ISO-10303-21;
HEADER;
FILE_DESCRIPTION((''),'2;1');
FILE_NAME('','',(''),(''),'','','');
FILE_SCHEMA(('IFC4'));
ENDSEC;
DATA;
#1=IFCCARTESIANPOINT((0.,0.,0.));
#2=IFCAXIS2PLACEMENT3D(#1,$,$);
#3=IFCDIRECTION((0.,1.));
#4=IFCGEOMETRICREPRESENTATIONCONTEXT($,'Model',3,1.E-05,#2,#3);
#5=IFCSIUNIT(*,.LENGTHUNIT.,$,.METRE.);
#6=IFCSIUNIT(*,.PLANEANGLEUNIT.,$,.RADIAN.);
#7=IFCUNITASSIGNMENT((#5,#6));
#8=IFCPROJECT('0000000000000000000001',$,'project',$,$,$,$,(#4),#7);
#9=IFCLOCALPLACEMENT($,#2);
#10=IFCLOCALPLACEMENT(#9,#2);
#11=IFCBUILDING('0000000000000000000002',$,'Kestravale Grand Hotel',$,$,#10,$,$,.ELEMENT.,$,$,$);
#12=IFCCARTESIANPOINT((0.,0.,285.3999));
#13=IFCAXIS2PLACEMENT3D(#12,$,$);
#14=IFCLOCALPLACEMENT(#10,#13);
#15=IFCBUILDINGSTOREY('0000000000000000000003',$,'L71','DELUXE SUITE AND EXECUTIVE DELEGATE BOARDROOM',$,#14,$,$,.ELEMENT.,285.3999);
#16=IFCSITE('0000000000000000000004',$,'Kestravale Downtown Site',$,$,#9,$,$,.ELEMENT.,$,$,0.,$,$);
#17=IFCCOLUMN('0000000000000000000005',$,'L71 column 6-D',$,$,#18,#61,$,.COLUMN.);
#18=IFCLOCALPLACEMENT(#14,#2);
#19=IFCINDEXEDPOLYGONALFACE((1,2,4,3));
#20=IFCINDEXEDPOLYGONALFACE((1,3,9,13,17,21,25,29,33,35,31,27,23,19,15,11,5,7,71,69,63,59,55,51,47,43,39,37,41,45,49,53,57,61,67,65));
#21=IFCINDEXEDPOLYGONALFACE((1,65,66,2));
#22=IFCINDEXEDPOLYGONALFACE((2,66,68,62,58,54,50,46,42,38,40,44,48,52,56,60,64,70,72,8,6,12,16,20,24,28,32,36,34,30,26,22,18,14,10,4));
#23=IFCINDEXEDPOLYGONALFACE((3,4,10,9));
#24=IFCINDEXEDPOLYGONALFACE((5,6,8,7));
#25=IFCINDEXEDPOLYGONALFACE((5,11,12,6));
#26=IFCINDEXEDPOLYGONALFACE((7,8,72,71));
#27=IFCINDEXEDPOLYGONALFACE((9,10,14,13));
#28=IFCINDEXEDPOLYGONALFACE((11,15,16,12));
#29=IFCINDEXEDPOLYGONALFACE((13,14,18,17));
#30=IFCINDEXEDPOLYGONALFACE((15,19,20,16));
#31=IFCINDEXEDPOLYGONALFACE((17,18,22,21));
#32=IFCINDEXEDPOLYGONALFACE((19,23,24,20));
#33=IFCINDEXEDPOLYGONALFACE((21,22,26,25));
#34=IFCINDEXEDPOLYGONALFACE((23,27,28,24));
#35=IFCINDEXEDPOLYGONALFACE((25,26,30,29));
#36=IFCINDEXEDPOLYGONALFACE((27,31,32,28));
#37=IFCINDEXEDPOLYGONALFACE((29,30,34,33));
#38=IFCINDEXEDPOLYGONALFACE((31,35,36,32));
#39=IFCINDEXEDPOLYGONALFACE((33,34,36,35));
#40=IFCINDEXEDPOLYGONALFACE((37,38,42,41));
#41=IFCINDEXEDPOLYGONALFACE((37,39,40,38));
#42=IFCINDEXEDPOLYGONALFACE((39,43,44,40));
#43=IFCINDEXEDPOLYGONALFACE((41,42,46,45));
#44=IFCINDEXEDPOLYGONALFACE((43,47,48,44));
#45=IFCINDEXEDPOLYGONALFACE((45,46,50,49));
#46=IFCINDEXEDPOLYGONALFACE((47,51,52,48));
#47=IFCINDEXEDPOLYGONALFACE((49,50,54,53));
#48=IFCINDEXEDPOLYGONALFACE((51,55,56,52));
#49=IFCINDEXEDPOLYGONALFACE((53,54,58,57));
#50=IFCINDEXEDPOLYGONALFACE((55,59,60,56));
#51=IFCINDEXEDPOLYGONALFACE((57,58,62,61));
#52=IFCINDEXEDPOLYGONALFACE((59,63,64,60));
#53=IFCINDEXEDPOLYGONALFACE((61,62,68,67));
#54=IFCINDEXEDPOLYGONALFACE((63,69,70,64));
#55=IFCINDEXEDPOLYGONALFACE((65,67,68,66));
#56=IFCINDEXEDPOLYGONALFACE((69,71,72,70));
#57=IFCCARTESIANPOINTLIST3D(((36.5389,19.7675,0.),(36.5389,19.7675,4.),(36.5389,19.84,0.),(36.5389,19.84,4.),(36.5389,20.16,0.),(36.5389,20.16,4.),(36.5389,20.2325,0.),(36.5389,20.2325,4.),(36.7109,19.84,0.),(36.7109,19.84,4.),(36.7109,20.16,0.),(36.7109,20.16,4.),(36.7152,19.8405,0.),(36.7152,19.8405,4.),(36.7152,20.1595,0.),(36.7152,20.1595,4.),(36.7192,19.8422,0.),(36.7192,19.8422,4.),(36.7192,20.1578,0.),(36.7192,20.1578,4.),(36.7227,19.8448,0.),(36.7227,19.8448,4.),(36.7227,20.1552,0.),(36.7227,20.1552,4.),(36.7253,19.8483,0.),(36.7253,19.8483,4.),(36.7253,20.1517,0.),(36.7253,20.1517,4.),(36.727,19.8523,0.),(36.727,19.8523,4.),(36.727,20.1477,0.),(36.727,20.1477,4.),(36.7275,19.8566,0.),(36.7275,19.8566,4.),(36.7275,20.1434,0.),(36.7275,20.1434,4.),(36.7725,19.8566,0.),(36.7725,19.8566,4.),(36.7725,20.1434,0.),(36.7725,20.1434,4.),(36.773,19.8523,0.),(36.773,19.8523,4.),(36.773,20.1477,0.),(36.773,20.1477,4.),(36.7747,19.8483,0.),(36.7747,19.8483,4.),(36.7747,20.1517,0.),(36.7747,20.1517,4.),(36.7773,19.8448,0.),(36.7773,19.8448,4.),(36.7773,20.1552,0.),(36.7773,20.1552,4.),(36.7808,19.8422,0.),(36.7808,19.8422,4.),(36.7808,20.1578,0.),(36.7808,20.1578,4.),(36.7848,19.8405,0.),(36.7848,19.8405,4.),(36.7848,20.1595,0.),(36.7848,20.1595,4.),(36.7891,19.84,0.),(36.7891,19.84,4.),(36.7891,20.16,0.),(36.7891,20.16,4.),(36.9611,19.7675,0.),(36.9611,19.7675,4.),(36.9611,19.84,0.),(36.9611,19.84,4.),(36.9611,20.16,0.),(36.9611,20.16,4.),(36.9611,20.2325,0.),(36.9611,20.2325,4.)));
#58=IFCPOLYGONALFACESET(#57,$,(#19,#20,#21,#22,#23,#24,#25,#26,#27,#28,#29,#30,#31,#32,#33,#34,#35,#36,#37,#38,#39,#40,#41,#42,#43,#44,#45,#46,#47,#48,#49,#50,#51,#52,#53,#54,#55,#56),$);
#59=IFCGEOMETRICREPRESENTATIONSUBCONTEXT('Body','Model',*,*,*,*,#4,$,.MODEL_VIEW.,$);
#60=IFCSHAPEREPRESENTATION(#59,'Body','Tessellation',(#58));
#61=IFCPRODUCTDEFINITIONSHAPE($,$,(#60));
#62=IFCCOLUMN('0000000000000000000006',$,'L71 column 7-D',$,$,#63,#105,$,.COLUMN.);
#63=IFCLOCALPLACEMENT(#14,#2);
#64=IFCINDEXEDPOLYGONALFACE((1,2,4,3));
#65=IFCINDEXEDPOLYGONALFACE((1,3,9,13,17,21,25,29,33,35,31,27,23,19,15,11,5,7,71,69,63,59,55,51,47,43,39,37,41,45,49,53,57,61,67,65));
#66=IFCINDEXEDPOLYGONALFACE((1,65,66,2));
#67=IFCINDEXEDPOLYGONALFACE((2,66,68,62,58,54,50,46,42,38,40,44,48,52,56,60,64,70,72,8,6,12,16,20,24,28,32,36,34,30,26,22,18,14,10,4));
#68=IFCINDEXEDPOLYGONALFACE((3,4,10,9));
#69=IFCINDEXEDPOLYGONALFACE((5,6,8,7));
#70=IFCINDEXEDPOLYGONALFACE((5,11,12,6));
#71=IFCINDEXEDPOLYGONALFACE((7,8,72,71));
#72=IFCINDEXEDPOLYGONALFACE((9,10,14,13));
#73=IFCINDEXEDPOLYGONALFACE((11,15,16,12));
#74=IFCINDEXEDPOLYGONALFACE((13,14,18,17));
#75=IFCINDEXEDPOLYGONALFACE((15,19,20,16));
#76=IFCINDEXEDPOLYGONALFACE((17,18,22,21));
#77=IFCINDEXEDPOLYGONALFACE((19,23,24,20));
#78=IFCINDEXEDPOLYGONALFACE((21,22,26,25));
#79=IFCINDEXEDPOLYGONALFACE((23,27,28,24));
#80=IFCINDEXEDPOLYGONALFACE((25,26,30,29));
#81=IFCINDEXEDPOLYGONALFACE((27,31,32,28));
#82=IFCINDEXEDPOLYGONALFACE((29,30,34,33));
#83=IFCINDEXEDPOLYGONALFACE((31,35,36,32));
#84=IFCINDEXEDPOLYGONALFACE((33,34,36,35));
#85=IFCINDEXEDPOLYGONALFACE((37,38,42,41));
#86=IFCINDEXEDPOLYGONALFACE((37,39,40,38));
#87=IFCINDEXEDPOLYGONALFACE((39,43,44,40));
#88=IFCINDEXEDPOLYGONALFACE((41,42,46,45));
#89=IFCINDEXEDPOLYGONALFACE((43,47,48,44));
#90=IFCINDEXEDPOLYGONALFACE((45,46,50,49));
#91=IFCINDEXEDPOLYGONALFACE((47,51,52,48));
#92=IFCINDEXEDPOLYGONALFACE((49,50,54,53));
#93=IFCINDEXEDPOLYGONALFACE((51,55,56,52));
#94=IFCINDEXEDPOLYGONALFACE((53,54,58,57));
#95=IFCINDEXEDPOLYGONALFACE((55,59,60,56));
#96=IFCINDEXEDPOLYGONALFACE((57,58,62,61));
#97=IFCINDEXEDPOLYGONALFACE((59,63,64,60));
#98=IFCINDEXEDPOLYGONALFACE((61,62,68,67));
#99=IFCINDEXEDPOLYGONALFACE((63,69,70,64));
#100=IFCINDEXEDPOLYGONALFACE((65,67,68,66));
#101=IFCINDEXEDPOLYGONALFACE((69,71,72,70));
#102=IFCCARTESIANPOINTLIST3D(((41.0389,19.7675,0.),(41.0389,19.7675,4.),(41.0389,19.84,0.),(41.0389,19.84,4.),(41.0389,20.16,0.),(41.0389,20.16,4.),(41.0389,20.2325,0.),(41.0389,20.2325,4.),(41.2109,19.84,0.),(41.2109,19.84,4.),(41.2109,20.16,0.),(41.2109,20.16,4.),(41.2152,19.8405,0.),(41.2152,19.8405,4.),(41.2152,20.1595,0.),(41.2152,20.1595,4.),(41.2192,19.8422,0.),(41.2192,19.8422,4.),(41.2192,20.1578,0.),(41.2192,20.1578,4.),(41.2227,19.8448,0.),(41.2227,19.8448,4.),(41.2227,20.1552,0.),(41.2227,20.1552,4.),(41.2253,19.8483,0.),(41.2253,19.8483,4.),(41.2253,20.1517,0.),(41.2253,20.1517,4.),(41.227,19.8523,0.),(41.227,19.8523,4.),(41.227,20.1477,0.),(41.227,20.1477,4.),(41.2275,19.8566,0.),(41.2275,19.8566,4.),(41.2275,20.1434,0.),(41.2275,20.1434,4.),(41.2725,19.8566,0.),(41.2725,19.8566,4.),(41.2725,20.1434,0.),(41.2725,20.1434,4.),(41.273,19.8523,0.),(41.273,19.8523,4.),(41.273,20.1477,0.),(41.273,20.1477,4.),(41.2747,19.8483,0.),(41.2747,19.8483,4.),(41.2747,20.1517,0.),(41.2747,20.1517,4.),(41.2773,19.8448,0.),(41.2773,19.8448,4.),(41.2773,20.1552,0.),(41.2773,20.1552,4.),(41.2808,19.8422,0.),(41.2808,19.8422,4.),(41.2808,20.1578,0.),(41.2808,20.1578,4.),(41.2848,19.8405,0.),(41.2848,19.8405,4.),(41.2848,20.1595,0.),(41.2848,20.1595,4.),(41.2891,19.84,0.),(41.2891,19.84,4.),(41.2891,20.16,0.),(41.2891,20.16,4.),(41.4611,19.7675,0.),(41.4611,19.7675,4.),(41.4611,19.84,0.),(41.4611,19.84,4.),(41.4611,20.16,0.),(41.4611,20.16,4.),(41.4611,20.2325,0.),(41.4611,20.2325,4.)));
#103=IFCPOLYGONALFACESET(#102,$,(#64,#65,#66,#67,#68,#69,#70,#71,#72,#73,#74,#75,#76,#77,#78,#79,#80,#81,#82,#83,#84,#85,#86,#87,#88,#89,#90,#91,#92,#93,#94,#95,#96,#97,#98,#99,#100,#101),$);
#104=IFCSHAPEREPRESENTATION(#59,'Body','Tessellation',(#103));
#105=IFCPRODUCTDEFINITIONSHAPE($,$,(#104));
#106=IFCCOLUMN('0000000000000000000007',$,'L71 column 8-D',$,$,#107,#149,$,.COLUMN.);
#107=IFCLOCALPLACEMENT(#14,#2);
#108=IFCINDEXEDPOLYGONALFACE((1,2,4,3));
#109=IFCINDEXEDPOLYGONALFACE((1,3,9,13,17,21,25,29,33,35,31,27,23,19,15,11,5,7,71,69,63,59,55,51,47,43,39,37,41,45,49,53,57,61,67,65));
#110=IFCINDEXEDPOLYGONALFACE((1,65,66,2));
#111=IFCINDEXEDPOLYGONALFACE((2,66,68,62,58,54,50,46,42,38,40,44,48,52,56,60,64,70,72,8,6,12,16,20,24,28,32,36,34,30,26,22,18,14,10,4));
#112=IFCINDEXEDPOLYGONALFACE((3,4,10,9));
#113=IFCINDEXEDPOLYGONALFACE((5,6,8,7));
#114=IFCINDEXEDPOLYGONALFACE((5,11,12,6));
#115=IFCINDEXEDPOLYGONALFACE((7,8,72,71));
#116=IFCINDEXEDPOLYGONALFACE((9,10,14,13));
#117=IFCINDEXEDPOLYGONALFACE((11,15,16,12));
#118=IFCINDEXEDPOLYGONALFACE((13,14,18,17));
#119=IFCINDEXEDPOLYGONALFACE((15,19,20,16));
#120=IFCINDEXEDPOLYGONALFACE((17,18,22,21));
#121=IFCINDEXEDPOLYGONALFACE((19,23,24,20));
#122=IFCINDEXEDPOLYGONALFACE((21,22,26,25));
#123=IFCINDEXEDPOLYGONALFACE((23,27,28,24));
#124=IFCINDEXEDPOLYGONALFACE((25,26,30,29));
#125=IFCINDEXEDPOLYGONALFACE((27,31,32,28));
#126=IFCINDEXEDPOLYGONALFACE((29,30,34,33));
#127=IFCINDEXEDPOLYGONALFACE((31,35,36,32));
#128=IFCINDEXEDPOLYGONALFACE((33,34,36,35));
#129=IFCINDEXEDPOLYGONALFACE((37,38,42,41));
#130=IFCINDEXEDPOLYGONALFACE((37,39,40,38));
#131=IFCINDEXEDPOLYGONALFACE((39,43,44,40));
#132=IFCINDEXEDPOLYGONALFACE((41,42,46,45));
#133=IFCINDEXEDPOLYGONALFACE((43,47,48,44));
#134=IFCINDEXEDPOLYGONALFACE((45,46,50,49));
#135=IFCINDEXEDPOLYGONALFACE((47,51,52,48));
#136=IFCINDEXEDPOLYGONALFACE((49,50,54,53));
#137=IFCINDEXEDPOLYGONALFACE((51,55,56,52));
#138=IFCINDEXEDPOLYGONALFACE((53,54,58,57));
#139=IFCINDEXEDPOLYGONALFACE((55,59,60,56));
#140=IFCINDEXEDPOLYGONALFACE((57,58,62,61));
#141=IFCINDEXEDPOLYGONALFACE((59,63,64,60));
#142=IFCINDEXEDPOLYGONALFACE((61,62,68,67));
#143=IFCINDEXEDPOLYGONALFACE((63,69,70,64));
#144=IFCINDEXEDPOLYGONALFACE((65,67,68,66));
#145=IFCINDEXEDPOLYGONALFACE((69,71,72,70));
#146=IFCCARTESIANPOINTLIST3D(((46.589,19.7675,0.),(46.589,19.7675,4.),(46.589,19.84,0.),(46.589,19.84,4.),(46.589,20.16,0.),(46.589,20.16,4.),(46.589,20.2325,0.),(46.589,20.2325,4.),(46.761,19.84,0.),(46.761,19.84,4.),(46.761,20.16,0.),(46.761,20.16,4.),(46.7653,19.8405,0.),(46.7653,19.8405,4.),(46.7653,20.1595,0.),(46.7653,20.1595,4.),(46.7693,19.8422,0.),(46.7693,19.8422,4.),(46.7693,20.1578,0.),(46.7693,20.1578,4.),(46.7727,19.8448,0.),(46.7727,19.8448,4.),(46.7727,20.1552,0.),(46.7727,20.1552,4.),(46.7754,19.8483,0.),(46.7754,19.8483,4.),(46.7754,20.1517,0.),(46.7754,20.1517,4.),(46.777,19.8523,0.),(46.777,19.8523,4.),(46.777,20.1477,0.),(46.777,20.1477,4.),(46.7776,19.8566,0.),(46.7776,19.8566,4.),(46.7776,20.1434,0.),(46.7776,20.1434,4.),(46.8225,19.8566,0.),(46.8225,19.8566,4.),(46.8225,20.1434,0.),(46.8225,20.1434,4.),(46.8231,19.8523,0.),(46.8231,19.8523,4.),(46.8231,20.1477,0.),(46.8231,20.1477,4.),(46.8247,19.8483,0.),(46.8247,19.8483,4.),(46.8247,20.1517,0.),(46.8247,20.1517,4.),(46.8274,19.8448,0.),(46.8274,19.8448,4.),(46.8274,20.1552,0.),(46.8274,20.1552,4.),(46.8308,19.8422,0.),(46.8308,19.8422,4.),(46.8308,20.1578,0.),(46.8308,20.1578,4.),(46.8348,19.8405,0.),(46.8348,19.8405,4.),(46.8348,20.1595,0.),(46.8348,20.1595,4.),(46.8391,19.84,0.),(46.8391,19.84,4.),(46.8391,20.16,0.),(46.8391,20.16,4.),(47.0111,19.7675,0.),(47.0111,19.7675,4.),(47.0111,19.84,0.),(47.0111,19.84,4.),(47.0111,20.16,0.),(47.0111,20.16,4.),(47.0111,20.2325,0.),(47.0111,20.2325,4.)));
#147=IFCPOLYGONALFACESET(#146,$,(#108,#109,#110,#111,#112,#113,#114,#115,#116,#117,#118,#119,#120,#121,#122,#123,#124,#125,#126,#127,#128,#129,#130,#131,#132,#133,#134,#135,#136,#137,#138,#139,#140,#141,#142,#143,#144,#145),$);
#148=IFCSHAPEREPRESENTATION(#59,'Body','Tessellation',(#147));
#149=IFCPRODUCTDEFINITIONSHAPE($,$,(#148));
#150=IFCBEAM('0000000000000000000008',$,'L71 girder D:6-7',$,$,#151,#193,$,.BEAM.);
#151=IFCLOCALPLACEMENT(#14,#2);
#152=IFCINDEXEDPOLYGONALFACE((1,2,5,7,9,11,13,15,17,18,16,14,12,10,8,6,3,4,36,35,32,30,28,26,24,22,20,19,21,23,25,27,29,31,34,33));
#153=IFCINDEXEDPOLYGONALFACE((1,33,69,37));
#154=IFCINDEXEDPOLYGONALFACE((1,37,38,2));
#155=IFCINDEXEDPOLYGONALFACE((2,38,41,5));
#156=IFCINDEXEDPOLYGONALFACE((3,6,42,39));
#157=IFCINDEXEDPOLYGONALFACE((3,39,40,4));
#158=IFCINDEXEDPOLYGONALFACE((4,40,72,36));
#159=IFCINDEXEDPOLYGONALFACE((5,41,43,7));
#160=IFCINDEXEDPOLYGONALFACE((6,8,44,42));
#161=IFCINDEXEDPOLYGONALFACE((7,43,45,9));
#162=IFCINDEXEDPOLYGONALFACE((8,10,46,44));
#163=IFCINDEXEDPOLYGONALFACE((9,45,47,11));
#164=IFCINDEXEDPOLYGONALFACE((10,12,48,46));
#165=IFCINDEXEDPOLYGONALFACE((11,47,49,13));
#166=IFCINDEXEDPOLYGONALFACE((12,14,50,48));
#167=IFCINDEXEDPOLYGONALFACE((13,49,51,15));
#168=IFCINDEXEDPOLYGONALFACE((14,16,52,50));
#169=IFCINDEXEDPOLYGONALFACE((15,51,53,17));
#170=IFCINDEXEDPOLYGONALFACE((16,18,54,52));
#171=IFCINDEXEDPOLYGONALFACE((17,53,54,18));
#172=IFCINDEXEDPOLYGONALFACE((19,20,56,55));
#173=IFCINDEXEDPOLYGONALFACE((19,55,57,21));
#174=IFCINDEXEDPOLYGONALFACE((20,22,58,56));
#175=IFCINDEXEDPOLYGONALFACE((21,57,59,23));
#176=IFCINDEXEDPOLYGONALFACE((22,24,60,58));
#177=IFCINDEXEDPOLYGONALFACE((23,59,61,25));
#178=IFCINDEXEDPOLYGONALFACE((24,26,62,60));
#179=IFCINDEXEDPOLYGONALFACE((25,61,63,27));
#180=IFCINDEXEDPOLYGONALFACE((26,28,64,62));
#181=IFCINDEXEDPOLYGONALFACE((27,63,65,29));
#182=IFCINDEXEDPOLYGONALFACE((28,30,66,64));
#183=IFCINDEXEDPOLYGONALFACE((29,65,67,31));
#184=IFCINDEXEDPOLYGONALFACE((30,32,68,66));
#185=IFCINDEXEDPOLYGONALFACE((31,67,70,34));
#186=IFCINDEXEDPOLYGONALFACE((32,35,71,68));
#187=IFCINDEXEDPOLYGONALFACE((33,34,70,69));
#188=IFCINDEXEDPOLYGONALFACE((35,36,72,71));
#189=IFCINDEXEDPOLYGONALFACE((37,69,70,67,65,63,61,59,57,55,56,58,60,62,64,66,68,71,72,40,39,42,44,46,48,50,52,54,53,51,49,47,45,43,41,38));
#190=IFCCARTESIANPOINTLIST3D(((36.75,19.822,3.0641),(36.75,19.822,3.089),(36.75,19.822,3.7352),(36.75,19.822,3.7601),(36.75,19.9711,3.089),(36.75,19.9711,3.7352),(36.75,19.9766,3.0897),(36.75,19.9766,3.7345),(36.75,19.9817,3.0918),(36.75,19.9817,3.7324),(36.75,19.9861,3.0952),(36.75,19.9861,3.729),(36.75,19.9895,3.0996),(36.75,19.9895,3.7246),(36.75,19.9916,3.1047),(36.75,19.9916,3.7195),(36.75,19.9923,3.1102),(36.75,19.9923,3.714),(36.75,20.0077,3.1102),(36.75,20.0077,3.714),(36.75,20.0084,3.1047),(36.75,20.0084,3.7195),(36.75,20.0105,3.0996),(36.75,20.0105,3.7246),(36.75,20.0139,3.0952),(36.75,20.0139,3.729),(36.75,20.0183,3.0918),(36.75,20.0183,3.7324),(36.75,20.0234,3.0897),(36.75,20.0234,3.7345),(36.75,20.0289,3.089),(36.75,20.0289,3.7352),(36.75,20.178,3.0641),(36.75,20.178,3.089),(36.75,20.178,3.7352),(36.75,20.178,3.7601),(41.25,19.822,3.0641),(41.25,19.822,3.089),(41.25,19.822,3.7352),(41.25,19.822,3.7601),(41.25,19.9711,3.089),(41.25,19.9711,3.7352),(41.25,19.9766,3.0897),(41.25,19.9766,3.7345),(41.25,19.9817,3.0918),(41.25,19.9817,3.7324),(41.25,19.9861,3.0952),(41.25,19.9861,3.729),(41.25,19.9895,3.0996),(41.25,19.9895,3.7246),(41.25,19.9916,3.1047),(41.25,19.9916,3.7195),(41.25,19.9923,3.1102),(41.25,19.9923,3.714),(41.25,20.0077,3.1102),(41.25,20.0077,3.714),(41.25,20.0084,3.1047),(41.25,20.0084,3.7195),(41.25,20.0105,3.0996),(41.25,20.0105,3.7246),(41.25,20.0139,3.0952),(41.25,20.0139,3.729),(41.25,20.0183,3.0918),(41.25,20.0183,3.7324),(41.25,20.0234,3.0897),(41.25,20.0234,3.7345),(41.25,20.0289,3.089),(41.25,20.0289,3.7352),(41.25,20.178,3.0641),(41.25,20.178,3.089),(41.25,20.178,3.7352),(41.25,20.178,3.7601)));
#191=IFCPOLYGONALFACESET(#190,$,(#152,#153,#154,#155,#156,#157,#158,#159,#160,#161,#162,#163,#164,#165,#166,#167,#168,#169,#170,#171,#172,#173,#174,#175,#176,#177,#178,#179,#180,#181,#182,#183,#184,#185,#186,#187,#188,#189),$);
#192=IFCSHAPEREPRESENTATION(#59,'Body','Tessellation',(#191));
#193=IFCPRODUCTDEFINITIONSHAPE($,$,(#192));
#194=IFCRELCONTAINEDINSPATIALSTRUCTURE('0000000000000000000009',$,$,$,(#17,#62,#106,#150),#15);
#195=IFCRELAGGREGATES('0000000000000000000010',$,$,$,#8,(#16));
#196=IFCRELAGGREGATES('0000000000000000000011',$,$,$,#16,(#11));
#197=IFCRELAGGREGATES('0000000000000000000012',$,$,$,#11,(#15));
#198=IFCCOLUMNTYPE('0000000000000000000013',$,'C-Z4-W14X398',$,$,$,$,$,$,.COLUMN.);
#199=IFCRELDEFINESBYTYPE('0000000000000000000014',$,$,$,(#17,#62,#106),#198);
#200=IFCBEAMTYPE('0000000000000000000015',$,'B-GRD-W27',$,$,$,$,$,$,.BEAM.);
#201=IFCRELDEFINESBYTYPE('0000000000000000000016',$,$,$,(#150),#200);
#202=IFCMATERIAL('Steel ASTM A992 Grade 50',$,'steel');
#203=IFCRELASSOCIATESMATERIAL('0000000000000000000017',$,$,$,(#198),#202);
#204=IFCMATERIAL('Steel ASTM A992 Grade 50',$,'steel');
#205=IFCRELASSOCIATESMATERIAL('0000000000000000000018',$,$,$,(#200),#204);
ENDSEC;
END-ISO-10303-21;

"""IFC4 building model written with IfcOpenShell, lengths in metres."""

from ifc_helpers import new_model, si_unit, direction, frame, origin, origin_2d, place, context, subcontext, project, spatial, i_section, extrude, material, material_profile, profile_set, type_object, element, save


model = new_model("IFC4")

# Units and contexts
model_context = context("Model", 3, precision=1e-05, world=origin(), true_north=direction((0.0, 1.0)))
body_context = subcontext(model_context, "Body", "Model", "MODEL_VIEW")
ifc_project = project(units=[si_unit("LENGTHUNIT", "METRE"), si_unit("PLANEANGLEUNIT", "RADIAN")], contexts=[model_context])

# Site, building, storey
site_placement = place(None, origin())
site = spatial("IfcSite", under=ifc_project, at=site_placement, Name="Kestravale Downtown Site", CompositionType="ELEMENT", RefElevation=0.0)
building_placement = place(site_placement, origin())
building = spatial("IfcBuilding", under=site, at=building_placement, Name="Kestravale Grand Hotel", CompositionType="ELEMENT")
storey_placement = place(building_placement, frame((0.0, 0.0, 285.3999)))
storey = spatial("IfcBuildingStorey", under=building, at=storey_placement, Name="L71", Description="DELUXE SUITE AND EXECUTIVE DELEGATE BOARDROOM", CompositionType="ELEMENT", Elevation=285.3999)

# Columns
ifc_material_1 = material(Name="Steel ASTM A992 Grade 50", Category="steel")
ifc_material_profile_1 = material_profile(ifc_material_1, i_section(OverallWidth=0.4221, OverallDepth=0.4651, WebThickness=0.0449, FlangeThickness=0.0725, FilletRadius=0.0166, at=origin_2d()))
ifc_profile_set_1 = profile_set([ifc_material_profile_1], Name="Steel ASTM A992 Grade 50")
column_type = type_object("IfcColumnType", Name="C-Z4-W14X398", PredefinedType="COLUMN", material=ifc_profile_set_1)
for number, where, z_axis, x_axis, name in (
    (1, (36.75, 20.0, 0.0), (0.0, 0.0, 1.0), (1.0, 0.0, 0.0), "L71 column 6-D"),
    (2, (41.25, 20.0, 0.0), (0.0, 0.0, 1.0), (1.0, 0.0, 0.0), "L71 column 7-D"),
    (3, (46.8, 20.0, 0.0), (0.0, 0.0, 1.0), (1.0, 0.0, 0.0), "L71 column 8-D"),
):
    element("IfcColumn", number, at=place(storey_placement, frame(where, z_axis=z_axis, x_axis=x_axis)), inside=storey, type_object=column_type, Name=name, PredefinedType="COLUMN", context=body_context, shape_type="SweptSolid", body=[
        extrude(i_section(OverallWidth=0.4221, OverallDepth=0.4651, WebThickness=0.0449, FlangeThickness=0.0725, FilletRadius=0.0166, at=origin_2d()), origin(), (0.0, 0.0, 1.0), 4.0),
    ])

# Beam
ifc_material_2 = material(Name="Steel ASTM A992 Grade 50", Category="steel")
ifc_material_profile_2 = material_profile(ifc_material_2, i_section(OverallWidth=0.356, OverallDepth=0.696, WebThickness=0.0154, FlangeThickness=0.0249, FilletRadius=0.0212, at=origin_2d()))
ifc_profile_set_2 = profile_set([ifc_material_profile_2], Name="Steel ASTM A992 Grade 50")
beam_type = type_object("IfcBeamType", Name="B-GRD-W27", PredefinedType="BEAM", material=ifc_profile_set_2)
beam_1_placement = place(storey_placement, frame((36.75, 20.0, 3.4121), z_axis=(1.0, 0.0, 0.0), x_axis=(0.0, 1.0, 0.0)))
element("IfcBeam", 4, at=beam_1_placement, inside=storey, type_object=beam_type, Name="L71 girder D:6-7", PredefinedType="BEAM", context=body_context, shape_type="SweptSolid", body=[
    extrude(i_section(OverallWidth=0.356, OverallDepth=0.696, WebThickness=0.0154, FlangeThickness=0.0249, FilletRadius=0.0212, at=origin_2d()), origin(), (0.0, 0.0, 1.0), 4.5),
])

save(model, "model.ifc")
